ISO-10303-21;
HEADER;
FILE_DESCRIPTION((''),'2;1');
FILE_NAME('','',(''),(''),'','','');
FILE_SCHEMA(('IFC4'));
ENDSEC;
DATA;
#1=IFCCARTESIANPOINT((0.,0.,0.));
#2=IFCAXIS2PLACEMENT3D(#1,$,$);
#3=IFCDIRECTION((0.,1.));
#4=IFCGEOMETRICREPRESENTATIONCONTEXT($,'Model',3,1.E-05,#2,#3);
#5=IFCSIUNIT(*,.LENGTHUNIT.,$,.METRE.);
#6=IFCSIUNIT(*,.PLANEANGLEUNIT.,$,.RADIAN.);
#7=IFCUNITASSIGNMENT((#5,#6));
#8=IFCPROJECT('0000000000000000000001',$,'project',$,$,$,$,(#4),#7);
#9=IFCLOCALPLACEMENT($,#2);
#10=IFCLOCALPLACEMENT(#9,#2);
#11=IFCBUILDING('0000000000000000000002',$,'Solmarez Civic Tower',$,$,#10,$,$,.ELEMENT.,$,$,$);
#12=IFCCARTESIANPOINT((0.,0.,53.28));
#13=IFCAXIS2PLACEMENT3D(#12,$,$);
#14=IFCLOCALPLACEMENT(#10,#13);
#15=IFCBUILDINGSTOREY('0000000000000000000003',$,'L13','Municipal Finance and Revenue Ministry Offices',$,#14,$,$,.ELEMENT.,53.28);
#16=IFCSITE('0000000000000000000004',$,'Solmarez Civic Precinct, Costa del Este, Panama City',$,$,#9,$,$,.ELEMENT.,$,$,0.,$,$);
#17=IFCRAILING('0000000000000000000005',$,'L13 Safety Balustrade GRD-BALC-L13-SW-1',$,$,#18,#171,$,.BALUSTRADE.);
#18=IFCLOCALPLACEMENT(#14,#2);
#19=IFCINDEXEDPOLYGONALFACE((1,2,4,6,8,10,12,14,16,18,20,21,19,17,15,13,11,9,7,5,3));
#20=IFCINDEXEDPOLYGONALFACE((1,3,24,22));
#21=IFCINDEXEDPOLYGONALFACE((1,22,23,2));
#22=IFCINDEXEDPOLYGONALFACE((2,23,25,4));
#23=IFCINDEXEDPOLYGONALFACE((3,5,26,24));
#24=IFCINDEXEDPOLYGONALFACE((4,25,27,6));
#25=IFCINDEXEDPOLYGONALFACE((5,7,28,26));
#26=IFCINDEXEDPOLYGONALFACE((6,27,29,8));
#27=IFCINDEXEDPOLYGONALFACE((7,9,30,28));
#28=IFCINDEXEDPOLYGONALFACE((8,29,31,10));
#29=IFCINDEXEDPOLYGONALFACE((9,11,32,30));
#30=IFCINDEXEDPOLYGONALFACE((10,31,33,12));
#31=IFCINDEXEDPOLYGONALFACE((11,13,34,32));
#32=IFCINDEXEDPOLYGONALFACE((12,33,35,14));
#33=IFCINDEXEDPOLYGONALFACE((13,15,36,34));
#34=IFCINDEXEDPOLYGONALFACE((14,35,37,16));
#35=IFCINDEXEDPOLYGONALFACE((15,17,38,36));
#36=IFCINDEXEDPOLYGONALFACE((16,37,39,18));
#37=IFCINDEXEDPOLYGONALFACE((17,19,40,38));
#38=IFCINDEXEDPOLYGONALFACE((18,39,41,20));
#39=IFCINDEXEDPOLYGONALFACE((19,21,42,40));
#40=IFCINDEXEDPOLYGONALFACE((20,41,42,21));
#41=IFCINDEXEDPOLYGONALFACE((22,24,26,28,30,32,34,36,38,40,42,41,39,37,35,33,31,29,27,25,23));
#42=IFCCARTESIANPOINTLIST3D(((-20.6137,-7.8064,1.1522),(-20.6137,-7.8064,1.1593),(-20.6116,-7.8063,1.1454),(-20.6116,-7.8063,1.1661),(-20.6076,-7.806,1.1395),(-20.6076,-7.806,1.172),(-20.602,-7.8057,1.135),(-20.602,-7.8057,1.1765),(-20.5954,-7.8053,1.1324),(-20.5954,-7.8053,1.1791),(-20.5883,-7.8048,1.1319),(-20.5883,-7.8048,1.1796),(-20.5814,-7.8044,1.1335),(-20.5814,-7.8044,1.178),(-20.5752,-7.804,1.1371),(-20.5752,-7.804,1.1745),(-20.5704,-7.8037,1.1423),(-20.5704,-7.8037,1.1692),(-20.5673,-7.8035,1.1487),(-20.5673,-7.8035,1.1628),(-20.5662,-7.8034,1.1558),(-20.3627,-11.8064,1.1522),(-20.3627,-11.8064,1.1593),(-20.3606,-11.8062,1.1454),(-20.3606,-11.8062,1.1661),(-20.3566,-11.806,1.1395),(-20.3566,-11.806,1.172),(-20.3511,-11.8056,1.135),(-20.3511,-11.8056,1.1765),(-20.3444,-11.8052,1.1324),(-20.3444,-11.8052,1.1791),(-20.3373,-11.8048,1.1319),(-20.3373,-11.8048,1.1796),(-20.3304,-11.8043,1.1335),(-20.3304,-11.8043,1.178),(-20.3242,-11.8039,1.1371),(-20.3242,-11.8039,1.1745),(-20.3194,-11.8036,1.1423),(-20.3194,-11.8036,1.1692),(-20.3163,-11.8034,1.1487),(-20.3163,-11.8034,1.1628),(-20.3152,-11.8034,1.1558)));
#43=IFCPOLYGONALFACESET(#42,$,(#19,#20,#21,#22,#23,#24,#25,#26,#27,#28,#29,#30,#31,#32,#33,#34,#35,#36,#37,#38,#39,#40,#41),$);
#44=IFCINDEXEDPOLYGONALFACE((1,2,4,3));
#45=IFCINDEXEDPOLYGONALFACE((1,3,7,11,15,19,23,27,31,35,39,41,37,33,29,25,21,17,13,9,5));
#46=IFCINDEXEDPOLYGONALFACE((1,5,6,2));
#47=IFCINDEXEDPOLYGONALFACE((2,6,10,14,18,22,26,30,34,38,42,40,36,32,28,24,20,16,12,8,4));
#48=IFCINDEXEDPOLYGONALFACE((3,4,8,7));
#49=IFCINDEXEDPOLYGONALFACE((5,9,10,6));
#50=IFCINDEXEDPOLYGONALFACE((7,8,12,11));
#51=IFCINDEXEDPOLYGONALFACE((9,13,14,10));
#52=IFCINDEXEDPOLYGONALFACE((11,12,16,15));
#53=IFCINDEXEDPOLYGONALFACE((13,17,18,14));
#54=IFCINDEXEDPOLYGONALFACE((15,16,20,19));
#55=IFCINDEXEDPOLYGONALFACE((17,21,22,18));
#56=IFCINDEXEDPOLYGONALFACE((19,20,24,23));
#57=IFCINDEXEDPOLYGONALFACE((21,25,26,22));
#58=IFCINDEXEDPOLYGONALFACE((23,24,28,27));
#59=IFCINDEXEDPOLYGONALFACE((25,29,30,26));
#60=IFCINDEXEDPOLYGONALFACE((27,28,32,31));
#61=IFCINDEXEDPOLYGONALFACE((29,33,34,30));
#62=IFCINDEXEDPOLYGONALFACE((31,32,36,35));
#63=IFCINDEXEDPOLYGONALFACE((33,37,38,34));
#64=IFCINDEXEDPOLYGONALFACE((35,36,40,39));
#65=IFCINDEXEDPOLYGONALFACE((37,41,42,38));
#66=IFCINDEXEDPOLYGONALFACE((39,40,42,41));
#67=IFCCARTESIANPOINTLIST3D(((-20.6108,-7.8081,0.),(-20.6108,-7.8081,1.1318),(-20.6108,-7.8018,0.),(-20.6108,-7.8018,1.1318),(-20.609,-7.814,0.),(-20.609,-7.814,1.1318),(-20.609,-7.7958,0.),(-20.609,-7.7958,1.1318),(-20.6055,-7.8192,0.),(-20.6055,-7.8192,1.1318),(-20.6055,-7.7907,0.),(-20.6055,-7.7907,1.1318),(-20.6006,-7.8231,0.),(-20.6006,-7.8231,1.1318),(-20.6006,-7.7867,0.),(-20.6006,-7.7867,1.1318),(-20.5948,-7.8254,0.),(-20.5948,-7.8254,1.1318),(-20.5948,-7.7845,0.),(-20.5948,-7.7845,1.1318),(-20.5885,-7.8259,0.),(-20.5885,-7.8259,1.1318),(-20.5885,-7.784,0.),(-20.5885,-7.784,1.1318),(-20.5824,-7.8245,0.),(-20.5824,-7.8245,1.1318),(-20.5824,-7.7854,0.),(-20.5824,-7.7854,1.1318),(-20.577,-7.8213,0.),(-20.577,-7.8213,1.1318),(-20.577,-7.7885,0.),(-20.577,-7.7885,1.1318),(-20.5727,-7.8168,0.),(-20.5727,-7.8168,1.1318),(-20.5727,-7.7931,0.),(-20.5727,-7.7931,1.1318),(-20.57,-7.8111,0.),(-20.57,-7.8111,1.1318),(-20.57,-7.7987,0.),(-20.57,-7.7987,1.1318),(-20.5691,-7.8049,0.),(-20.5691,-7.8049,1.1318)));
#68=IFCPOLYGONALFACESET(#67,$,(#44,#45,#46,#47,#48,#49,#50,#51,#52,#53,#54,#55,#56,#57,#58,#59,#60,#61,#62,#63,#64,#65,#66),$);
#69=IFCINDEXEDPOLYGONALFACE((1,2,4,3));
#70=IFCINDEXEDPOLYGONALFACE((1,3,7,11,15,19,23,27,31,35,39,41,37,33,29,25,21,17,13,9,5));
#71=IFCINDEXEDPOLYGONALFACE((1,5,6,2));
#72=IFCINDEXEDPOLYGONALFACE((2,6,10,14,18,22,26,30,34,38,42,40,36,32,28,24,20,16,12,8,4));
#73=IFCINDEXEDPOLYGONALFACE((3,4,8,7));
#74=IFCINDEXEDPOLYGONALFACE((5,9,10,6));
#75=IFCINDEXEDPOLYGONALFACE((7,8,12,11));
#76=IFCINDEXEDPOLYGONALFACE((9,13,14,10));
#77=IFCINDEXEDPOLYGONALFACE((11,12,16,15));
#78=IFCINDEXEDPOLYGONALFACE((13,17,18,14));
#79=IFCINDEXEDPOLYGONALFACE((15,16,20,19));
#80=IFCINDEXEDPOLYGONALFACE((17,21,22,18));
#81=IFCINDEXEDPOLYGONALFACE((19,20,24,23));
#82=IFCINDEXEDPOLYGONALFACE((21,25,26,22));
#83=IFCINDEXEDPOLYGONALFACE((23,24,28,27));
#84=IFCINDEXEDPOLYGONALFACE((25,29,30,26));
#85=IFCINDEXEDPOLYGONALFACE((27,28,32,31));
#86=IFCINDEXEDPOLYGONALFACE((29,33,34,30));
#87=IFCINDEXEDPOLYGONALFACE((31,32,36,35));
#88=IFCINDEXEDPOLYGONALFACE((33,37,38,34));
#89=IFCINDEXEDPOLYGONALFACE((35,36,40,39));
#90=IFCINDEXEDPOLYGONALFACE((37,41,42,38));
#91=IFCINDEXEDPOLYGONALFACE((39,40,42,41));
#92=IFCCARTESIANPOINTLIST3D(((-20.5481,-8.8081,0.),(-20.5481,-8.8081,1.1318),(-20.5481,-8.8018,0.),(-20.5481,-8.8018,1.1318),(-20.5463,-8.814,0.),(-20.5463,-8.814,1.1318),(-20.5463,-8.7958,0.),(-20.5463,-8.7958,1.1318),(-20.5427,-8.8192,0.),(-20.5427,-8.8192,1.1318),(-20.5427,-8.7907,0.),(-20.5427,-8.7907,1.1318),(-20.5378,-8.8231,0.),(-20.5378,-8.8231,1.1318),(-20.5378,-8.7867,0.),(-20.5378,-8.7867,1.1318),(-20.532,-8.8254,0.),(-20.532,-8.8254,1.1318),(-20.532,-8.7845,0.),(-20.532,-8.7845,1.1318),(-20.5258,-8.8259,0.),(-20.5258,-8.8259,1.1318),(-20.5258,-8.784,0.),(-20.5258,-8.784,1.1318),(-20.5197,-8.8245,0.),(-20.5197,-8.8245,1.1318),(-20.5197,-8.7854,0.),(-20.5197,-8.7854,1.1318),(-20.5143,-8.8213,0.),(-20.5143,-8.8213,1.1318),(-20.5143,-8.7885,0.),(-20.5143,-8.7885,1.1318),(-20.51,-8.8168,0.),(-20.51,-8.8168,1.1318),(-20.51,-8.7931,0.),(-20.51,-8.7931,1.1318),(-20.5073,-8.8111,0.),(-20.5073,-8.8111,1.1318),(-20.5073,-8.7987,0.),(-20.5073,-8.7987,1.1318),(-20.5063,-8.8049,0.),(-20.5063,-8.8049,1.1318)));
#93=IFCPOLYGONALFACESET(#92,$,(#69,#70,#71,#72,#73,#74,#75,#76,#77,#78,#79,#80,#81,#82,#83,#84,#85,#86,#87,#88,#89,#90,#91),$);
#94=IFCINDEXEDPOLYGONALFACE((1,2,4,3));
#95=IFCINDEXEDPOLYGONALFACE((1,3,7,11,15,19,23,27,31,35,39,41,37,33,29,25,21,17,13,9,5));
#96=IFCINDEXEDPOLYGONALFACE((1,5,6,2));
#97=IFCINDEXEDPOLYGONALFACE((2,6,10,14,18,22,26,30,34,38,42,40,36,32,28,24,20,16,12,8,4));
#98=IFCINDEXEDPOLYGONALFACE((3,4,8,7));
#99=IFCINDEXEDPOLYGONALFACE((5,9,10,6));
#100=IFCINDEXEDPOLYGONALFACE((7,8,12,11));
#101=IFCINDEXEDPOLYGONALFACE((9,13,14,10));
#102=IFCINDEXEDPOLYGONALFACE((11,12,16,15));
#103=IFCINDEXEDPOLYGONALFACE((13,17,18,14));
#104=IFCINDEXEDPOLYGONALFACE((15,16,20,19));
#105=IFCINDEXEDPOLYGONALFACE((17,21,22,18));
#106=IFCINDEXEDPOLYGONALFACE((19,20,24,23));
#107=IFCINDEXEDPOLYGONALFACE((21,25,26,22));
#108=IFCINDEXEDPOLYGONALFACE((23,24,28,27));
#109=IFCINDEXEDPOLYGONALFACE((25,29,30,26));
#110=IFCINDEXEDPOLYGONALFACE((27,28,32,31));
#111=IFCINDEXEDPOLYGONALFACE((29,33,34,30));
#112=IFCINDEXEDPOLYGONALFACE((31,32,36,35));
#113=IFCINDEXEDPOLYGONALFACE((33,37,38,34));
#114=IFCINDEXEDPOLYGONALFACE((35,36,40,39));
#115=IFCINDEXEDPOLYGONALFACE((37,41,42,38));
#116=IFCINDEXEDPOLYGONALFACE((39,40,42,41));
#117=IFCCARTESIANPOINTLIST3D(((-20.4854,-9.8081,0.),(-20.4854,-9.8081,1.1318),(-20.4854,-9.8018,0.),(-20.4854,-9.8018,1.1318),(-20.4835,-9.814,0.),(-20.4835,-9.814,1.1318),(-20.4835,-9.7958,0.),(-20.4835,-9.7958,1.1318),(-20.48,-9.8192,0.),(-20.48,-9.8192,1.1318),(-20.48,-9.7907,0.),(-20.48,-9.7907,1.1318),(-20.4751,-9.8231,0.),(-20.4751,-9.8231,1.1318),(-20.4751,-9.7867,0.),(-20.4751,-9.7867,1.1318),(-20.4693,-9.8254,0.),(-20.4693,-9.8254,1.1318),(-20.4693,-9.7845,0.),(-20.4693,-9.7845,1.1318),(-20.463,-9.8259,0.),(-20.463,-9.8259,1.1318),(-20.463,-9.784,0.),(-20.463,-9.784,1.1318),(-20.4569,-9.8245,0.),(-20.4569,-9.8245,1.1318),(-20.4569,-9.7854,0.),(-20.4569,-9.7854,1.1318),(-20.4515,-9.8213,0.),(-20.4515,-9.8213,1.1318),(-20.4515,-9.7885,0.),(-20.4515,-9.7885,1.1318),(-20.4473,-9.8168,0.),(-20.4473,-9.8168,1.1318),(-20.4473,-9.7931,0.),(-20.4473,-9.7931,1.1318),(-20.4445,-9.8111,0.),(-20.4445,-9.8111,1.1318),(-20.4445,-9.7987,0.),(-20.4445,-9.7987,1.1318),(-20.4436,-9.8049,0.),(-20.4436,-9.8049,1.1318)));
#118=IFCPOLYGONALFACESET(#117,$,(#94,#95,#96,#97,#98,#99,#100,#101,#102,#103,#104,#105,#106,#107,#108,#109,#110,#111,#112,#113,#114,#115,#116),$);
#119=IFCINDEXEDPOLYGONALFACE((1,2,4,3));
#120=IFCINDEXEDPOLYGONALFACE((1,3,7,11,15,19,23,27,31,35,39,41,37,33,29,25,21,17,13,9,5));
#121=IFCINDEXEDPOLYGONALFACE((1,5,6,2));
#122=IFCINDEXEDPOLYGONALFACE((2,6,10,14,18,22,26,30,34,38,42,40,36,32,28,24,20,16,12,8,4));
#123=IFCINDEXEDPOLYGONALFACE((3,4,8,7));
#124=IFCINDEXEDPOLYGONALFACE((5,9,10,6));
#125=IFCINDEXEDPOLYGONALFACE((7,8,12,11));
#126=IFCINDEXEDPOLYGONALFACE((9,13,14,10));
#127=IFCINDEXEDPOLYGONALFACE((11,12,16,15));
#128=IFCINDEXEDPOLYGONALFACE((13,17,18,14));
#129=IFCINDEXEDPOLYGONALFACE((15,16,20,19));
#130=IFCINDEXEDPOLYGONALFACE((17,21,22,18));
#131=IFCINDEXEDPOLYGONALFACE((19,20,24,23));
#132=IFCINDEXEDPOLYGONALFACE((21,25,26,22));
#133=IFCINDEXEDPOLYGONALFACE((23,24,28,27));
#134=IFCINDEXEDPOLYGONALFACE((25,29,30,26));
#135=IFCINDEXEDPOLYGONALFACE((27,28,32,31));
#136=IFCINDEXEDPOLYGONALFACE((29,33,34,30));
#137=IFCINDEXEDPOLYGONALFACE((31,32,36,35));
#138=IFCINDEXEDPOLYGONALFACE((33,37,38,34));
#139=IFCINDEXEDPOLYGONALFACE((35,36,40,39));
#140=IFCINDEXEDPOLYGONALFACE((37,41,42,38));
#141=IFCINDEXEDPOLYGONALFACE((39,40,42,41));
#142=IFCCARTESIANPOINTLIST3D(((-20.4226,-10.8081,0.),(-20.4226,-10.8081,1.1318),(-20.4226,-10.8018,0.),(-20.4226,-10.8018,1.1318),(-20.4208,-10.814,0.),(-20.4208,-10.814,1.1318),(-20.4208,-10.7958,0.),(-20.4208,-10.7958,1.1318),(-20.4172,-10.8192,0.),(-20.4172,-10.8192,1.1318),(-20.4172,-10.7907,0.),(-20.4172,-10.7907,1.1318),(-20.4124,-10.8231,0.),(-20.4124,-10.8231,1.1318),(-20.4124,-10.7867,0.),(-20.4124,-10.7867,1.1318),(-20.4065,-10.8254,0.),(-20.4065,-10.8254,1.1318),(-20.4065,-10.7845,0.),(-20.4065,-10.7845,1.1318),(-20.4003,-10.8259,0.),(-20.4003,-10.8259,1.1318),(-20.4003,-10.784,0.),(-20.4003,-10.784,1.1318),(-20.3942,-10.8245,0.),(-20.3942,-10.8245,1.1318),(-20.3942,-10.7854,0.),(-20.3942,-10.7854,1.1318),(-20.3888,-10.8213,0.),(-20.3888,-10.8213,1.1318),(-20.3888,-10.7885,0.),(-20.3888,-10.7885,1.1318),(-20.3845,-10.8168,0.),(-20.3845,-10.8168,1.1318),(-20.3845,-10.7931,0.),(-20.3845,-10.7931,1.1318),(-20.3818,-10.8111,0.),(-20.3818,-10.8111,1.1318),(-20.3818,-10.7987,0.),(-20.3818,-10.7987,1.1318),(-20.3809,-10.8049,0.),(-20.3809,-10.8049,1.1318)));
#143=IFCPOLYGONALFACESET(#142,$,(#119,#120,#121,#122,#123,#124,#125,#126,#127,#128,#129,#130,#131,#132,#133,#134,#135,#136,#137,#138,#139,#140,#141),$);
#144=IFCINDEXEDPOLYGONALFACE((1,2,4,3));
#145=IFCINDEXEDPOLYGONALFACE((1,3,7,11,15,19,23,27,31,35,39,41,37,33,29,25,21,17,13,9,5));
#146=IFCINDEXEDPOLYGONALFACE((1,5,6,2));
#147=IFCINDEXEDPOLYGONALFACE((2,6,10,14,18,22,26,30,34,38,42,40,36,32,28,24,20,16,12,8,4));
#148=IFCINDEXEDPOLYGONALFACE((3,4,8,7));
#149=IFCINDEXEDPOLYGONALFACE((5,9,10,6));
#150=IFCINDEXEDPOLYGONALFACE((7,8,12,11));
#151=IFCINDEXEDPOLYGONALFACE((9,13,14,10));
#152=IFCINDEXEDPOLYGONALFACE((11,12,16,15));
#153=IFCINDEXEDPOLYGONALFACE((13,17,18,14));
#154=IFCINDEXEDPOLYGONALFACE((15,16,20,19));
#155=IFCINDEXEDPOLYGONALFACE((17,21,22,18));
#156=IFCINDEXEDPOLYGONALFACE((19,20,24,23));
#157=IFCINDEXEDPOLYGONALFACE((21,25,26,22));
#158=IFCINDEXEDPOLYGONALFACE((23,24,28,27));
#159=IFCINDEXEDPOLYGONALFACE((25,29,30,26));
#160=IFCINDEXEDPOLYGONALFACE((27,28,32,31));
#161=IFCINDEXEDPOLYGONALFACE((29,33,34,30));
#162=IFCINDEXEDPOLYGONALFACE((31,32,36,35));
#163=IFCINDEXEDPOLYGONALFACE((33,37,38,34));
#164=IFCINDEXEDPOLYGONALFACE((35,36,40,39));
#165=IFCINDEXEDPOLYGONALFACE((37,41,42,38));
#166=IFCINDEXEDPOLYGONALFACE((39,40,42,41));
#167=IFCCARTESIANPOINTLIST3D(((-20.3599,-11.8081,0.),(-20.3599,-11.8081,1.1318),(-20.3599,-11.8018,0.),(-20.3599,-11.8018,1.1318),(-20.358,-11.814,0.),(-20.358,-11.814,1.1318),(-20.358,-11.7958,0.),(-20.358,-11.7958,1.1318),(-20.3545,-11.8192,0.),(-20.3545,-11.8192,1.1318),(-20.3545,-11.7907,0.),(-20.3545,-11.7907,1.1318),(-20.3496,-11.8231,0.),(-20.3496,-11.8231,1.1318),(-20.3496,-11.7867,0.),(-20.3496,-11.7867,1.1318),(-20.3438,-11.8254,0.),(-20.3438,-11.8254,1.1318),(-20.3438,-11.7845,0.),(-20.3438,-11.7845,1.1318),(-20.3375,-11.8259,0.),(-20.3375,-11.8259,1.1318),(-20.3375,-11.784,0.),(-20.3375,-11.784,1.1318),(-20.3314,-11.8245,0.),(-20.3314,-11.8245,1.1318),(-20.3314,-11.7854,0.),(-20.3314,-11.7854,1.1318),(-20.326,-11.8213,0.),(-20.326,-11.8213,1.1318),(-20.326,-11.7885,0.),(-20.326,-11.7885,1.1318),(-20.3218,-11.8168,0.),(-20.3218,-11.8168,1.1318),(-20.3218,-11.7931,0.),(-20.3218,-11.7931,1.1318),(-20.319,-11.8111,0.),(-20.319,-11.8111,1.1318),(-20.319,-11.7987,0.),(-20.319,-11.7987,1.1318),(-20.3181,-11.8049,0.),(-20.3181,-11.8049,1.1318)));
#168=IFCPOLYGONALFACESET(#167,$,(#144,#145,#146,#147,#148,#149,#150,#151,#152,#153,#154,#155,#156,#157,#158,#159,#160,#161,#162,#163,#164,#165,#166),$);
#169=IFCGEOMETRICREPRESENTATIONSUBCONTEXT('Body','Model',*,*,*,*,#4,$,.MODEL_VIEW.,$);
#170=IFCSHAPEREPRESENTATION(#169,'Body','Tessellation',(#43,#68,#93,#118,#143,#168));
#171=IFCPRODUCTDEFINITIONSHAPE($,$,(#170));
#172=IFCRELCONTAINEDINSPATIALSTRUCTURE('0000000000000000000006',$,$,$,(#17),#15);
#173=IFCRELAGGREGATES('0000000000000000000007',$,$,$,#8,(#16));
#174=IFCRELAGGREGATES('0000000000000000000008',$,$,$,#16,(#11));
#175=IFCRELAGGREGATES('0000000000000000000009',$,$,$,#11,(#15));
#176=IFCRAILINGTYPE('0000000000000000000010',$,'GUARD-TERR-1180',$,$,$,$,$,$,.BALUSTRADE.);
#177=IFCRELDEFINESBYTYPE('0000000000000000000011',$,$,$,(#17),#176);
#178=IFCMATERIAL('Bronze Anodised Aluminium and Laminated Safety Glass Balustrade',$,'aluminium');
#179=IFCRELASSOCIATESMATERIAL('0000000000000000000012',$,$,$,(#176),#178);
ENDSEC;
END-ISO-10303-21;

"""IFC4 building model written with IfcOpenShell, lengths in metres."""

from ifc_helpers import new_model, si_unit, direction, frame, origin, origin_2d, place, context, subcontext, project, spatial, circle, extrude, material, type_object, element, save


model = new_model("IFC4")

# Units and contexts
model_context = context("Model", 3, precision=1e-05, world=origin(), true_north=direction((0.0, 1.0)))
body_context = subcontext(model_context, "Body", "Model", "MODEL_VIEW")
ifc_project = project(units=[si_unit("LENGTHUNIT", "METRE"), si_unit("PLANEANGLEUNIT", "RADIAN")], contexts=[model_context])

# Site, building, storey
site_placement = place(None, origin())
site = spatial("IfcSite", under=ifc_project, at=site_placement, Name="Solmarez Civic Precinct, Costa del Este, Panama City", CompositionType="ELEMENT", RefElevation=0.0)
building_placement = place(site_placement, origin())
building = spatial("IfcBuilding", under=site, at=building_placement, Name="Solmarez Civic Tower", CompositionType="ELEMENT")
storey_placement = place(building_placement, frame((0.0, 0.0, 53.28)))
storey = spatial("IfcBuildingStorey", under=building, at=storey_placement, Name="L13", Description="Municipal Finance and Revenue Ministry Offices", CompositionType="ELEMENT", Elevation=53.28)

# Railing
ifc_material_1 = material(Name="Bronze Anodised Aluminium and Laminated Safety Glass Balustrade", Category="aluminium")
railing_type = type_object("IfcRailingType", Name="GUARD-TERR-1180", PredefinedType="BALUSTRADE", material=ifc_material_1)
railing_1_placement = place(storey_placement, frame((-20.5901, -7.8049, 0.0)))
element("IfcRailing", 1, at=railing_1_placement, inside=storey, type_object=railing_type, Name="L13 Safety Balustrade GRD-BALC-L13-SW-1", PredefinedType="BALUSTRADE", context=body_context, shape_type="SweptSolid", body=[
    extrude(circle(Radius=0.0239, at=origin_2d()), frame((0.0, 0.0, 1.1558), z_axis=(0.062621, -0.998037, 0.0), x_axis=(0.998037, 0.062621, 0.0)), (0.0, 0.0, 1.0), 4.0078),
    extrude(circle(Radius=0.021, at=origin_2d()), origin(), (0.0, 0.0, 1.0), 1.1318),
    extrude(circle(Radius=0.021, at=origin_2d()), frame((0.0627, -1.0, 0.0)), (0.0, 0.0, 1.0), 1.1318),
    extrude(circle(Radius=0.021, at=origin_2d()), frame((0.1255, -2.0, 0.0)), (0.0, 0.0, 1.0), 1.1318),
    extrude(circle(Radius=0.021, at=origin_2d()), frame((0.1882, -3.0, 0.0)), (0.0, 0.0, 1.0), 1.1318),
    extrude(circle(Radius=0.021, at=origin_2d()), frame((0.251, -4.0, 0.0)), (0.0, 0.0, 1.0), 1.1318),
])

save(model, "model.ifc")
